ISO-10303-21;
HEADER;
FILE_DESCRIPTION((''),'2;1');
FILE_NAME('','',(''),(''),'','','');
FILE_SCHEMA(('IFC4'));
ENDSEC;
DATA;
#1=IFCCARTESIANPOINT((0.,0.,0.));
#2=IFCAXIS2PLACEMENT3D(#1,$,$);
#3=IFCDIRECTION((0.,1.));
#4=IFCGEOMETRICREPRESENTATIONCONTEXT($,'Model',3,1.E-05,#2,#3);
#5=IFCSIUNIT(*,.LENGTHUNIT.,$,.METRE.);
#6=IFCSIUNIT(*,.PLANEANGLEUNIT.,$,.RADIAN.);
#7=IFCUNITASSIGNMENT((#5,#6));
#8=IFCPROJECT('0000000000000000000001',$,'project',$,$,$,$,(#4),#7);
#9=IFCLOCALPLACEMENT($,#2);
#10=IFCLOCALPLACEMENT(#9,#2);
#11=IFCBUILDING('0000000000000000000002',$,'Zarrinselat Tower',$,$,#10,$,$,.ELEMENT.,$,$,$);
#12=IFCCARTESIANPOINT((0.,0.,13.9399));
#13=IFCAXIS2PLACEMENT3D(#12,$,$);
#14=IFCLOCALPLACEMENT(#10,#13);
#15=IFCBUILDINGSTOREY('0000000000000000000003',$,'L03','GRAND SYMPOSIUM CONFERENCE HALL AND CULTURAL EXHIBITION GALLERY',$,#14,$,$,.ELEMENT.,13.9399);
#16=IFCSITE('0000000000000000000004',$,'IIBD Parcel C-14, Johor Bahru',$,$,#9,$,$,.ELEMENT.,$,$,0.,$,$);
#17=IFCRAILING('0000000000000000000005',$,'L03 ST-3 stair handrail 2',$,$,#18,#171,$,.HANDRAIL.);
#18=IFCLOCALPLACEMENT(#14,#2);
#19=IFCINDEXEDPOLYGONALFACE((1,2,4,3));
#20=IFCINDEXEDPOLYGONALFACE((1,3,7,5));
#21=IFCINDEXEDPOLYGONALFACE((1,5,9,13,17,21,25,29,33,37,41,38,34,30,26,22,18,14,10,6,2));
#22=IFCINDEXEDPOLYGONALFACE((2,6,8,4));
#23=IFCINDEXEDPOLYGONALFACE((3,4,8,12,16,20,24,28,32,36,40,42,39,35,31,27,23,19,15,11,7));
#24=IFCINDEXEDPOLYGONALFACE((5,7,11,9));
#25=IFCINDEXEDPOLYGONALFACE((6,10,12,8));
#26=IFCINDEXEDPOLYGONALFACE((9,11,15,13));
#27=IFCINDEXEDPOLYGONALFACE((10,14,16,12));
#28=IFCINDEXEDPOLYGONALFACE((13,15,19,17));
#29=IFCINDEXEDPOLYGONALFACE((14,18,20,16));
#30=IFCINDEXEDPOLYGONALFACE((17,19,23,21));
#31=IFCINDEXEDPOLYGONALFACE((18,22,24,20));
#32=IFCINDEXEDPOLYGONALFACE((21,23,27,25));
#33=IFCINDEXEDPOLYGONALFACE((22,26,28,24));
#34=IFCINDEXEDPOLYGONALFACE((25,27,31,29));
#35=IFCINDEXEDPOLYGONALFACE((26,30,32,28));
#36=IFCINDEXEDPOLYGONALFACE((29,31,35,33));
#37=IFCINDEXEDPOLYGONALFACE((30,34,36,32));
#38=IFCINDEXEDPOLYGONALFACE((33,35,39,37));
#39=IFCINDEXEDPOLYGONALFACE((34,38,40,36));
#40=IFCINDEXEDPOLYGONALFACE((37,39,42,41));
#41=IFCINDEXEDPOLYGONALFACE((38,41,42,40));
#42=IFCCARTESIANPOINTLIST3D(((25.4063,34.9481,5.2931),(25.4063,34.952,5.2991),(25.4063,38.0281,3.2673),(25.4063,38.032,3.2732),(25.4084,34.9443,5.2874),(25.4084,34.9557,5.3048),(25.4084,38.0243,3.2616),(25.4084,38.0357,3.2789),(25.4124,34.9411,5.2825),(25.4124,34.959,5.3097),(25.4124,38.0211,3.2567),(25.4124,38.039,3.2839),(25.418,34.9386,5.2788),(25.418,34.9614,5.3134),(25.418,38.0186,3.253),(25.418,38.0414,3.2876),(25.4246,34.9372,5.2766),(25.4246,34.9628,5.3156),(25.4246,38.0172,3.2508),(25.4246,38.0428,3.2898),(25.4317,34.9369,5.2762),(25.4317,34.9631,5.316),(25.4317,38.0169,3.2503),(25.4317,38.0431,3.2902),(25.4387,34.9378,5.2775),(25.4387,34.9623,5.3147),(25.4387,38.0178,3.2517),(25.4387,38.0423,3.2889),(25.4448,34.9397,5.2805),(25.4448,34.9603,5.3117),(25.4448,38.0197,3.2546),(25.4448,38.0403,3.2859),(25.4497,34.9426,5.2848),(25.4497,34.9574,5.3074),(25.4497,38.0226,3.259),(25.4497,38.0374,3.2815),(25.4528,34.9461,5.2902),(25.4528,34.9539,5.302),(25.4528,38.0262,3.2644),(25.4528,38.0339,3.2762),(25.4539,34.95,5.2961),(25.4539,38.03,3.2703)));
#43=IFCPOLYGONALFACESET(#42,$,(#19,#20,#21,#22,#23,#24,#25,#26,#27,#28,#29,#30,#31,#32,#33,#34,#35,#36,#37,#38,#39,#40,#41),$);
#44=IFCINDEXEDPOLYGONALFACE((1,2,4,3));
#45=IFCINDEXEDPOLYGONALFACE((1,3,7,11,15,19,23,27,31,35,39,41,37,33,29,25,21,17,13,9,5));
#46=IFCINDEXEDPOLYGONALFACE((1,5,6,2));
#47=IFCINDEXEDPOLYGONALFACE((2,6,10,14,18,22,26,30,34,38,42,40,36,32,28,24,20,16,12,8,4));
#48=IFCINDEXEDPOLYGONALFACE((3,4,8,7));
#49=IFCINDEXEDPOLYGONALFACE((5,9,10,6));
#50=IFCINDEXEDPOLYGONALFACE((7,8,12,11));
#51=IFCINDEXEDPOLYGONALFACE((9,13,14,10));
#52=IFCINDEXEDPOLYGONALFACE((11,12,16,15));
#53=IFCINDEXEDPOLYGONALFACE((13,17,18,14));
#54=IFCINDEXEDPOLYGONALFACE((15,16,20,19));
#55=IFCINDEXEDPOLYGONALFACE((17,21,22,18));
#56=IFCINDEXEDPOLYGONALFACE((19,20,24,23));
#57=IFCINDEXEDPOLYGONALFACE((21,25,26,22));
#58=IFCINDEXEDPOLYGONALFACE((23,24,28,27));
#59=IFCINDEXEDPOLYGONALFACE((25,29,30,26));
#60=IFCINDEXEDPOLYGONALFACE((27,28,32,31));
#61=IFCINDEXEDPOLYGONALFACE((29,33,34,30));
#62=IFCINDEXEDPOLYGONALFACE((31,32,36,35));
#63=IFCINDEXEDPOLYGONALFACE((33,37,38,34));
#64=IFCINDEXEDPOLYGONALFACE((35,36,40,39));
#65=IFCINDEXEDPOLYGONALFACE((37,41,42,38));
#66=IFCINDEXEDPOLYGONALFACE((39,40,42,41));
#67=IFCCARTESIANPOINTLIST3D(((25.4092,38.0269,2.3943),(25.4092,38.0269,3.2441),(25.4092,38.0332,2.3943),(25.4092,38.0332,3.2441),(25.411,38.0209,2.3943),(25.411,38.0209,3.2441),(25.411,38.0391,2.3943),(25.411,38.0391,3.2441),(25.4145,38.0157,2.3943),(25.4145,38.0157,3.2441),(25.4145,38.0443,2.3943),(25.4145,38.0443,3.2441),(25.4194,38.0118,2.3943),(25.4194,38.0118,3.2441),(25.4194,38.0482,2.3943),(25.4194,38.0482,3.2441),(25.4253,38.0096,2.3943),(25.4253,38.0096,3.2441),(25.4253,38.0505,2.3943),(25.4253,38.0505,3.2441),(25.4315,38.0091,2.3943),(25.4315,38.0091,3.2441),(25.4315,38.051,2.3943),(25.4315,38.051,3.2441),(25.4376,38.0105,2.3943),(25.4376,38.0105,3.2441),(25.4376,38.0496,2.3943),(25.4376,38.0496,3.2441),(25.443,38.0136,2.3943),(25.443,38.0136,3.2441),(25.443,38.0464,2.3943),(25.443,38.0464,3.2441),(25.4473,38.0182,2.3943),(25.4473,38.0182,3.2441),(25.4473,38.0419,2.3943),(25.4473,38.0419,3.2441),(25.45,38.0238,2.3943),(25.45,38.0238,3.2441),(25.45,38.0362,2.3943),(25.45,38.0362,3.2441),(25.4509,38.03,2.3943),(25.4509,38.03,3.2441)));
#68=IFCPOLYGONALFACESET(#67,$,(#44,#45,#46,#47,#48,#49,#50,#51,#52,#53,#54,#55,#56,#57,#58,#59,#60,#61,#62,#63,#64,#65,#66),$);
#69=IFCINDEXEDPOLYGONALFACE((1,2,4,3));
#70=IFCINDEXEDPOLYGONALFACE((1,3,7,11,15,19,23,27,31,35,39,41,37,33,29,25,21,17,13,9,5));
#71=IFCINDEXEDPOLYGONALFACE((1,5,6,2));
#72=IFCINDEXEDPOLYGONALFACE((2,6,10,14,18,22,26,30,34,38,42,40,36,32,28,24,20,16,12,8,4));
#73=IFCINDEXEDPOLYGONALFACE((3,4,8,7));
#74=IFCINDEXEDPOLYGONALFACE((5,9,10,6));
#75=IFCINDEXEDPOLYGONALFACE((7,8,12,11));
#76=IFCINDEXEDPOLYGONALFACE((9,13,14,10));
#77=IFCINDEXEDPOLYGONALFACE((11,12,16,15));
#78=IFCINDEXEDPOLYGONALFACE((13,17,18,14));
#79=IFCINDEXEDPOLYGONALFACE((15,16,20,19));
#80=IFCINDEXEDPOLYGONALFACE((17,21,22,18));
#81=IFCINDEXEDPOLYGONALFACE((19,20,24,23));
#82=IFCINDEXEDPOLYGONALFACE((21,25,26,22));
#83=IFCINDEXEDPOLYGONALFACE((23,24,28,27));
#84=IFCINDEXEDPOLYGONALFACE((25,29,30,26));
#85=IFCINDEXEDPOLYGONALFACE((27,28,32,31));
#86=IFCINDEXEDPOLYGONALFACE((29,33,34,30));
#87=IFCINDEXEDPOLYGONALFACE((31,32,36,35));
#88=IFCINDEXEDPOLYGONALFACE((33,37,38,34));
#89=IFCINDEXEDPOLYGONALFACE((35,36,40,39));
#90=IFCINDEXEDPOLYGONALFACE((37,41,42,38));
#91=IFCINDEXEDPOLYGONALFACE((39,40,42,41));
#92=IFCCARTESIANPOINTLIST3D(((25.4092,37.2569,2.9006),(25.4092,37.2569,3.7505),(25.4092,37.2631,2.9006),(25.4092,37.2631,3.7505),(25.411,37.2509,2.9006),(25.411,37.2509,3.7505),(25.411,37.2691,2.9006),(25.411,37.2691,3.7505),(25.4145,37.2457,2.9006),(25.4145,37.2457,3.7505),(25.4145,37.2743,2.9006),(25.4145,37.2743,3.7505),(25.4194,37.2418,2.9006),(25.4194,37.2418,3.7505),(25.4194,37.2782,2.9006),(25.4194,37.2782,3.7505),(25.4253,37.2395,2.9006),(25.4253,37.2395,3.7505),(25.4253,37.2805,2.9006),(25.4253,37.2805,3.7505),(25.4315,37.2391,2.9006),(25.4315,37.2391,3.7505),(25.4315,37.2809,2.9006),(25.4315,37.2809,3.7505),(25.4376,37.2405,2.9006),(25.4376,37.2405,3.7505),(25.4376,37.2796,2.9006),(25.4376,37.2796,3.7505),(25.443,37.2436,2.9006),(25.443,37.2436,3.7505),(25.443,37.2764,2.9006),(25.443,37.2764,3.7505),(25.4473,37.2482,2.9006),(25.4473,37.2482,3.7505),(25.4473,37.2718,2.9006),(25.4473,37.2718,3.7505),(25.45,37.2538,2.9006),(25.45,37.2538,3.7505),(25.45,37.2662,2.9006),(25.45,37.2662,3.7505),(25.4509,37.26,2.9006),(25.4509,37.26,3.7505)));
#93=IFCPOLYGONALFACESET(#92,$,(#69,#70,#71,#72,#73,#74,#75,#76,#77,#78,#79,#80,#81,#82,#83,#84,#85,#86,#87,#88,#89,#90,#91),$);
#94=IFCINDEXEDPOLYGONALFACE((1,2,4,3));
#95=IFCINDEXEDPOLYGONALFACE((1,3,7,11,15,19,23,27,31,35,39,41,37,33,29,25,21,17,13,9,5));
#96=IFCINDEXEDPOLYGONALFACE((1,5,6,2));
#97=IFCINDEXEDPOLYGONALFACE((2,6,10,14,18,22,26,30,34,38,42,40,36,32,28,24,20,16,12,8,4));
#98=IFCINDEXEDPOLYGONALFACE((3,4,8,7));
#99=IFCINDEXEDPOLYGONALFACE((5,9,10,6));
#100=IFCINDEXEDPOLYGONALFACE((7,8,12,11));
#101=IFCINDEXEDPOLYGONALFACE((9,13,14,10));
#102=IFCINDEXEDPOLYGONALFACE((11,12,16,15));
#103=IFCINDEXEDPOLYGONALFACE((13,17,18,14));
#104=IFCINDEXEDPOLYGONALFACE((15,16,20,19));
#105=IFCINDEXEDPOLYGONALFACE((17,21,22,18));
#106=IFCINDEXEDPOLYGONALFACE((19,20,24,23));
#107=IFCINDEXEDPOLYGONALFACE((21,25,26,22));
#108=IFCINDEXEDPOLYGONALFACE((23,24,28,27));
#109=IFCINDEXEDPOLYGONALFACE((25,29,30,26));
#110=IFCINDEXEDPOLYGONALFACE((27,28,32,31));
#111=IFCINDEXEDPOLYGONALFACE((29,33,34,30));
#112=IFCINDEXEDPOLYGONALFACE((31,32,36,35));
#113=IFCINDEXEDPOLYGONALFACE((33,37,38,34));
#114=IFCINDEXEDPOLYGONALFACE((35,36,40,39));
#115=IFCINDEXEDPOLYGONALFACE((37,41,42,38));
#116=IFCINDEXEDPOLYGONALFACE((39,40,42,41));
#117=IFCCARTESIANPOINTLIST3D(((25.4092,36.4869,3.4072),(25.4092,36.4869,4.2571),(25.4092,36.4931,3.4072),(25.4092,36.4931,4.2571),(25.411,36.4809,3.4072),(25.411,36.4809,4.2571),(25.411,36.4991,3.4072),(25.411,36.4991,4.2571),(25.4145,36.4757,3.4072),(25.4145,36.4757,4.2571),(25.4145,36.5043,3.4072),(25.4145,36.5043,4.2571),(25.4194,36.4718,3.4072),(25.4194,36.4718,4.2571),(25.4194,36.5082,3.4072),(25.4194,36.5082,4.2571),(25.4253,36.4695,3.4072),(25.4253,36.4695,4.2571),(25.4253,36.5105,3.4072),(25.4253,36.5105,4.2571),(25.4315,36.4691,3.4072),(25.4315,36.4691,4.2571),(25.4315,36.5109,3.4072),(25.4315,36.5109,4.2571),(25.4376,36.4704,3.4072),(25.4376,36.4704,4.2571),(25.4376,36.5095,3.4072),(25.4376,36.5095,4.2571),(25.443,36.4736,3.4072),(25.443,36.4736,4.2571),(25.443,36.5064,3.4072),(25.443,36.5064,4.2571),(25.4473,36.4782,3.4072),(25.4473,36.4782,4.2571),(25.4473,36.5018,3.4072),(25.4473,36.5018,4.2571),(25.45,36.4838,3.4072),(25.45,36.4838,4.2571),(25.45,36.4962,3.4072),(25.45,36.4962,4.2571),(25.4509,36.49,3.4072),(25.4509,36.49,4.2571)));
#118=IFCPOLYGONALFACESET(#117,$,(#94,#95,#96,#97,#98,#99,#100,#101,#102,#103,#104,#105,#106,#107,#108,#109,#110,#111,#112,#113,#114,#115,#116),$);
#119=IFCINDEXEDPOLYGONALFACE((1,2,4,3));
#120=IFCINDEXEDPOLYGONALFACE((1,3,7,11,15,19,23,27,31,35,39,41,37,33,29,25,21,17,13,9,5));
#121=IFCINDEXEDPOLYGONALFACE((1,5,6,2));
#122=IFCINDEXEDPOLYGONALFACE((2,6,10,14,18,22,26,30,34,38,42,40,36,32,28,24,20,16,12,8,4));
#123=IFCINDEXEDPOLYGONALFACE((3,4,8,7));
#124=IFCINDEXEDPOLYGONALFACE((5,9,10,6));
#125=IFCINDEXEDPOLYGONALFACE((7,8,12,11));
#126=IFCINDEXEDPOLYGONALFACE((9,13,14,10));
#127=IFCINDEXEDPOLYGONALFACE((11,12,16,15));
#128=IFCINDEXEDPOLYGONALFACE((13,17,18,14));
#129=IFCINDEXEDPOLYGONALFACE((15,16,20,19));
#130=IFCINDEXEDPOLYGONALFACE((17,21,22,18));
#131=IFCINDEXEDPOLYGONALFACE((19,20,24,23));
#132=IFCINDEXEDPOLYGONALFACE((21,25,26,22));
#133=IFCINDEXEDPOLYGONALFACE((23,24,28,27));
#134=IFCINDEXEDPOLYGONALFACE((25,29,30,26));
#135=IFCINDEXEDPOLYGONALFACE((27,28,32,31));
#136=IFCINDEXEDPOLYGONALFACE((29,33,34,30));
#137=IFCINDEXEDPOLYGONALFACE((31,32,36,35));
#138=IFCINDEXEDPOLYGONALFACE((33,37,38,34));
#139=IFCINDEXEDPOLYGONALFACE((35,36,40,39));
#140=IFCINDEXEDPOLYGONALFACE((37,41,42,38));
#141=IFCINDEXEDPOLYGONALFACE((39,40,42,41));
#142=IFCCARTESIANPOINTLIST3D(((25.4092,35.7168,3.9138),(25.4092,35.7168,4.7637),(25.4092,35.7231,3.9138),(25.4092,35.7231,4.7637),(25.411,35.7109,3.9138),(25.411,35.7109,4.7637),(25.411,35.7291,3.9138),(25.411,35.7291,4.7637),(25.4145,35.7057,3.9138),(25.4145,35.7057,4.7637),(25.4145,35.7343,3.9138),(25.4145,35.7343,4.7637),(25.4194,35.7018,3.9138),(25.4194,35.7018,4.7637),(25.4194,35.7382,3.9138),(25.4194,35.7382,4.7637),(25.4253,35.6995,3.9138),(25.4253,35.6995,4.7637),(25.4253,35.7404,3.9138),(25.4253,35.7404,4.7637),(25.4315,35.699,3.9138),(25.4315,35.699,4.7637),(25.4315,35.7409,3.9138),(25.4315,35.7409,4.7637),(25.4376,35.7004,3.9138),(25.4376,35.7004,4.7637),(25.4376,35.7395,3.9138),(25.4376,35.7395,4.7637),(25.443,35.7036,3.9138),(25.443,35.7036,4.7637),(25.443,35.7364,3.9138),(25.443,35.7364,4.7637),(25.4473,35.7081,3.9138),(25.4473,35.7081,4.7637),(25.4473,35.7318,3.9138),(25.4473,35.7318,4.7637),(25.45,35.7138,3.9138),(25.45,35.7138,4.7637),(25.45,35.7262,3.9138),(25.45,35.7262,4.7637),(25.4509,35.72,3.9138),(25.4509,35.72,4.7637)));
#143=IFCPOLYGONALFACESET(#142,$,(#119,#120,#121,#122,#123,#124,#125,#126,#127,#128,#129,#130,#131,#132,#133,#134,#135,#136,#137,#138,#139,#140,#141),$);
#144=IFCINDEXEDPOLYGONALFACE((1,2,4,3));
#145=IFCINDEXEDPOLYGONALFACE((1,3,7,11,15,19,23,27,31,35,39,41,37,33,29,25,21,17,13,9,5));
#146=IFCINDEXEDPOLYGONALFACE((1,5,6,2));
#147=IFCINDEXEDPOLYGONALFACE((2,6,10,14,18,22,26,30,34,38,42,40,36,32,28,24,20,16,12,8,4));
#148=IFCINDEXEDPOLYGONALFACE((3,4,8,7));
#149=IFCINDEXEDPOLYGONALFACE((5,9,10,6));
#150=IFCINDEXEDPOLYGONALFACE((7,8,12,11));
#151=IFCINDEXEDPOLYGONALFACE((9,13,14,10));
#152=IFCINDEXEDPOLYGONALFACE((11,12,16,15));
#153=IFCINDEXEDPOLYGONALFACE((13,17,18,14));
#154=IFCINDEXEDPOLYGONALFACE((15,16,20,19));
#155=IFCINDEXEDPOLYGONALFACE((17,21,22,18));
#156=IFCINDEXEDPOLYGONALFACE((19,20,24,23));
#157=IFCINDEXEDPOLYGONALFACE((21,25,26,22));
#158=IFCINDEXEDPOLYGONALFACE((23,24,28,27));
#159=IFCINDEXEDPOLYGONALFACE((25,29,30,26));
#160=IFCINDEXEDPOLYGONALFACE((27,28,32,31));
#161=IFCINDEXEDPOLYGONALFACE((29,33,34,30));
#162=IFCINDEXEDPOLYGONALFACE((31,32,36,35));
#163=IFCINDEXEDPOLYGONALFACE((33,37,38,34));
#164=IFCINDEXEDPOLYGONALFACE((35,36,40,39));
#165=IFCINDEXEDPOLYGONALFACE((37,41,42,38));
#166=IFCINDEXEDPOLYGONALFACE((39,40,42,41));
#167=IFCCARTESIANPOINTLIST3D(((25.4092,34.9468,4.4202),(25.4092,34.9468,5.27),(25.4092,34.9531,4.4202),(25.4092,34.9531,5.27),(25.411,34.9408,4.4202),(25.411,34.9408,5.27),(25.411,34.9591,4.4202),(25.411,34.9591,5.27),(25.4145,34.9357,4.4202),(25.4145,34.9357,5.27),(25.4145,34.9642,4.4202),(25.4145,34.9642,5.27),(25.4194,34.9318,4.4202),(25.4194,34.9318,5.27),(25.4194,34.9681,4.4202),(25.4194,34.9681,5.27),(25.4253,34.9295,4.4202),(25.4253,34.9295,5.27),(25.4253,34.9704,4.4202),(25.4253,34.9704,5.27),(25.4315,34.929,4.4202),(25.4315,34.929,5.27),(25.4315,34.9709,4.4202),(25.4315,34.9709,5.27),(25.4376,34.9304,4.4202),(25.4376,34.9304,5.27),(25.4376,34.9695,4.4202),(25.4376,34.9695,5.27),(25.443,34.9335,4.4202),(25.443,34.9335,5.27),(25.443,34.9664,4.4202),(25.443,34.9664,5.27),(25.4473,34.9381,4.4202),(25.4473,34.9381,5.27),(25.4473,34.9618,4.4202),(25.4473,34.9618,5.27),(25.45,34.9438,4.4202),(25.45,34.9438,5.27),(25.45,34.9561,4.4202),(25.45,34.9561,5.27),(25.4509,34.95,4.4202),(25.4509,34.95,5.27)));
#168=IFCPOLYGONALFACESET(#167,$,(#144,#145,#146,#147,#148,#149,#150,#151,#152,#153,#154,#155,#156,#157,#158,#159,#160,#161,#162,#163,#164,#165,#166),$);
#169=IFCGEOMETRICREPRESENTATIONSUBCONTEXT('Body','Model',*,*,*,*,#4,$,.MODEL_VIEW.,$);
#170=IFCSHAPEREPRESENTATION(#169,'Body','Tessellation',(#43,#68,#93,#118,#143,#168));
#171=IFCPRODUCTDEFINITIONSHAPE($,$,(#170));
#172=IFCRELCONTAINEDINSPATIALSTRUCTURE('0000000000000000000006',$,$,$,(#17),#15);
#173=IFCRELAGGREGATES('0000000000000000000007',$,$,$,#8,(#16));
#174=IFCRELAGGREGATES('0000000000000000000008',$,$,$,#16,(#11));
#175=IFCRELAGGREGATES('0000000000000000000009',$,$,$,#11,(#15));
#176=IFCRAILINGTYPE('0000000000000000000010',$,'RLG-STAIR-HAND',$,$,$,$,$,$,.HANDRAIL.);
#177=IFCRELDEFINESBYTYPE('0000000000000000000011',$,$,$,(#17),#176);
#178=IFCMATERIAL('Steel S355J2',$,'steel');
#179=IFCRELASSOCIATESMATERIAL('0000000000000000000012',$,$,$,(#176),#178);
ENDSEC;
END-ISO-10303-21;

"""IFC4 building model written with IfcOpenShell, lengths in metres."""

from ifc_helpers import new_model, si_unit, direction, frame, origin, origin_2d, place, context, subcontext, project, spatial, circle, extrude, material, type_object, element, save


model = new_model("IFC4")

# Units and contexts
model_context = context("Model", 3, precision=1e-05, world=origin(), true_north=direction((0.0, 1.0)))
body_context = subcontext(model_context, "Body", "Model", "MODEL_VIEW")
ifc_project = project(units=[si_unit("LENGTHUNIT", "METRE"), si_unit("PLANEANGLEUNIT", "RADIAN")], contexts=[model_context])

# Site, building, storey
site_placement = place(None, origin())
site = spatial("IfcSite", under=ifc_project, at=site_placement, Name="IIBD Parcel C-14, Johor Bahru", CompositionType="ELEMENT", RefElevation=0.0)
building_placement = place(site_placement, origin())
building = spatial("IfcBuilding", under=site, at=building_placement, Name="Zarrinselat Tower", CompositionType="ELEMENT")
storey_placement = place(building_placement, frame((0.0, 0.0, 13.9399)))
storey = spatial("IfcBuildingStorey", under=building, at=storey_placement, Name="L03", Description="GRAND SYMPOSIUM CONFERENCE HALL AND CULTURAL EXHIBITION GALLERY", CompositionType="ELEMENT", Elevation=13.9399)

# Railing
ifc_material_1 = material(Name="Steel S355J2", Category="steel")
railing_type_1 = type_object("IfcRailingType", Name="RLG-STAIR-HAND", PredefinedType="HANDRAIL", material=ifc_material_1)
railing_1_placement = place(storey_placement, frame((25.4299, 38.03, 2.3943)))
element("IfcRailing", 1, at=railing_1_placement, inside=storey, type_object=railing_type_1, Name="L03 ST-3 stair handrail 2", PredefinedType="HANDRAIL", context=body_context, shape_type="SweptSolid", body=[
    extrude(circle(Radius=0.0239, at=origin_2d()), frame((0.0, 0.0, 0.876), z_axis=(0.0, -0.835478, 0.549524), x_axis=(1.0, 0.0, 0.0)), (0.0, 0.0, 1.0), 3.6865),
    extrude(circle(Radius=0.021, at=origin_2d()), origin(), (0.0, 0.0, 1.0), 0.8499),
    extrude(circle(Radius=0.021, at=origin_2d()), frame((0.0, -0.77, 0.5063)), (0.0, 0.0, 1.0), 0.8499),
    extrude(circle(Radius=0.021, at=origin_2d()), frame((0.0, -1.54, 1.0129)), (0.0, 0.0, 1.0), 0.8499),
    extrude(circle(Radius=0.021, at=origin_2d()), frame((0.0, -2.3101, 1.5195)), (0.0, 0.0, 1.0), 0.8499),
    extrude(circle(Radius=0.021, at=origin_2d()), frame((0.0, -3.0801, 2.0259)), (0.0, 0.0, 1.0), 0.8499),
])

save(model, "model.ifc")
